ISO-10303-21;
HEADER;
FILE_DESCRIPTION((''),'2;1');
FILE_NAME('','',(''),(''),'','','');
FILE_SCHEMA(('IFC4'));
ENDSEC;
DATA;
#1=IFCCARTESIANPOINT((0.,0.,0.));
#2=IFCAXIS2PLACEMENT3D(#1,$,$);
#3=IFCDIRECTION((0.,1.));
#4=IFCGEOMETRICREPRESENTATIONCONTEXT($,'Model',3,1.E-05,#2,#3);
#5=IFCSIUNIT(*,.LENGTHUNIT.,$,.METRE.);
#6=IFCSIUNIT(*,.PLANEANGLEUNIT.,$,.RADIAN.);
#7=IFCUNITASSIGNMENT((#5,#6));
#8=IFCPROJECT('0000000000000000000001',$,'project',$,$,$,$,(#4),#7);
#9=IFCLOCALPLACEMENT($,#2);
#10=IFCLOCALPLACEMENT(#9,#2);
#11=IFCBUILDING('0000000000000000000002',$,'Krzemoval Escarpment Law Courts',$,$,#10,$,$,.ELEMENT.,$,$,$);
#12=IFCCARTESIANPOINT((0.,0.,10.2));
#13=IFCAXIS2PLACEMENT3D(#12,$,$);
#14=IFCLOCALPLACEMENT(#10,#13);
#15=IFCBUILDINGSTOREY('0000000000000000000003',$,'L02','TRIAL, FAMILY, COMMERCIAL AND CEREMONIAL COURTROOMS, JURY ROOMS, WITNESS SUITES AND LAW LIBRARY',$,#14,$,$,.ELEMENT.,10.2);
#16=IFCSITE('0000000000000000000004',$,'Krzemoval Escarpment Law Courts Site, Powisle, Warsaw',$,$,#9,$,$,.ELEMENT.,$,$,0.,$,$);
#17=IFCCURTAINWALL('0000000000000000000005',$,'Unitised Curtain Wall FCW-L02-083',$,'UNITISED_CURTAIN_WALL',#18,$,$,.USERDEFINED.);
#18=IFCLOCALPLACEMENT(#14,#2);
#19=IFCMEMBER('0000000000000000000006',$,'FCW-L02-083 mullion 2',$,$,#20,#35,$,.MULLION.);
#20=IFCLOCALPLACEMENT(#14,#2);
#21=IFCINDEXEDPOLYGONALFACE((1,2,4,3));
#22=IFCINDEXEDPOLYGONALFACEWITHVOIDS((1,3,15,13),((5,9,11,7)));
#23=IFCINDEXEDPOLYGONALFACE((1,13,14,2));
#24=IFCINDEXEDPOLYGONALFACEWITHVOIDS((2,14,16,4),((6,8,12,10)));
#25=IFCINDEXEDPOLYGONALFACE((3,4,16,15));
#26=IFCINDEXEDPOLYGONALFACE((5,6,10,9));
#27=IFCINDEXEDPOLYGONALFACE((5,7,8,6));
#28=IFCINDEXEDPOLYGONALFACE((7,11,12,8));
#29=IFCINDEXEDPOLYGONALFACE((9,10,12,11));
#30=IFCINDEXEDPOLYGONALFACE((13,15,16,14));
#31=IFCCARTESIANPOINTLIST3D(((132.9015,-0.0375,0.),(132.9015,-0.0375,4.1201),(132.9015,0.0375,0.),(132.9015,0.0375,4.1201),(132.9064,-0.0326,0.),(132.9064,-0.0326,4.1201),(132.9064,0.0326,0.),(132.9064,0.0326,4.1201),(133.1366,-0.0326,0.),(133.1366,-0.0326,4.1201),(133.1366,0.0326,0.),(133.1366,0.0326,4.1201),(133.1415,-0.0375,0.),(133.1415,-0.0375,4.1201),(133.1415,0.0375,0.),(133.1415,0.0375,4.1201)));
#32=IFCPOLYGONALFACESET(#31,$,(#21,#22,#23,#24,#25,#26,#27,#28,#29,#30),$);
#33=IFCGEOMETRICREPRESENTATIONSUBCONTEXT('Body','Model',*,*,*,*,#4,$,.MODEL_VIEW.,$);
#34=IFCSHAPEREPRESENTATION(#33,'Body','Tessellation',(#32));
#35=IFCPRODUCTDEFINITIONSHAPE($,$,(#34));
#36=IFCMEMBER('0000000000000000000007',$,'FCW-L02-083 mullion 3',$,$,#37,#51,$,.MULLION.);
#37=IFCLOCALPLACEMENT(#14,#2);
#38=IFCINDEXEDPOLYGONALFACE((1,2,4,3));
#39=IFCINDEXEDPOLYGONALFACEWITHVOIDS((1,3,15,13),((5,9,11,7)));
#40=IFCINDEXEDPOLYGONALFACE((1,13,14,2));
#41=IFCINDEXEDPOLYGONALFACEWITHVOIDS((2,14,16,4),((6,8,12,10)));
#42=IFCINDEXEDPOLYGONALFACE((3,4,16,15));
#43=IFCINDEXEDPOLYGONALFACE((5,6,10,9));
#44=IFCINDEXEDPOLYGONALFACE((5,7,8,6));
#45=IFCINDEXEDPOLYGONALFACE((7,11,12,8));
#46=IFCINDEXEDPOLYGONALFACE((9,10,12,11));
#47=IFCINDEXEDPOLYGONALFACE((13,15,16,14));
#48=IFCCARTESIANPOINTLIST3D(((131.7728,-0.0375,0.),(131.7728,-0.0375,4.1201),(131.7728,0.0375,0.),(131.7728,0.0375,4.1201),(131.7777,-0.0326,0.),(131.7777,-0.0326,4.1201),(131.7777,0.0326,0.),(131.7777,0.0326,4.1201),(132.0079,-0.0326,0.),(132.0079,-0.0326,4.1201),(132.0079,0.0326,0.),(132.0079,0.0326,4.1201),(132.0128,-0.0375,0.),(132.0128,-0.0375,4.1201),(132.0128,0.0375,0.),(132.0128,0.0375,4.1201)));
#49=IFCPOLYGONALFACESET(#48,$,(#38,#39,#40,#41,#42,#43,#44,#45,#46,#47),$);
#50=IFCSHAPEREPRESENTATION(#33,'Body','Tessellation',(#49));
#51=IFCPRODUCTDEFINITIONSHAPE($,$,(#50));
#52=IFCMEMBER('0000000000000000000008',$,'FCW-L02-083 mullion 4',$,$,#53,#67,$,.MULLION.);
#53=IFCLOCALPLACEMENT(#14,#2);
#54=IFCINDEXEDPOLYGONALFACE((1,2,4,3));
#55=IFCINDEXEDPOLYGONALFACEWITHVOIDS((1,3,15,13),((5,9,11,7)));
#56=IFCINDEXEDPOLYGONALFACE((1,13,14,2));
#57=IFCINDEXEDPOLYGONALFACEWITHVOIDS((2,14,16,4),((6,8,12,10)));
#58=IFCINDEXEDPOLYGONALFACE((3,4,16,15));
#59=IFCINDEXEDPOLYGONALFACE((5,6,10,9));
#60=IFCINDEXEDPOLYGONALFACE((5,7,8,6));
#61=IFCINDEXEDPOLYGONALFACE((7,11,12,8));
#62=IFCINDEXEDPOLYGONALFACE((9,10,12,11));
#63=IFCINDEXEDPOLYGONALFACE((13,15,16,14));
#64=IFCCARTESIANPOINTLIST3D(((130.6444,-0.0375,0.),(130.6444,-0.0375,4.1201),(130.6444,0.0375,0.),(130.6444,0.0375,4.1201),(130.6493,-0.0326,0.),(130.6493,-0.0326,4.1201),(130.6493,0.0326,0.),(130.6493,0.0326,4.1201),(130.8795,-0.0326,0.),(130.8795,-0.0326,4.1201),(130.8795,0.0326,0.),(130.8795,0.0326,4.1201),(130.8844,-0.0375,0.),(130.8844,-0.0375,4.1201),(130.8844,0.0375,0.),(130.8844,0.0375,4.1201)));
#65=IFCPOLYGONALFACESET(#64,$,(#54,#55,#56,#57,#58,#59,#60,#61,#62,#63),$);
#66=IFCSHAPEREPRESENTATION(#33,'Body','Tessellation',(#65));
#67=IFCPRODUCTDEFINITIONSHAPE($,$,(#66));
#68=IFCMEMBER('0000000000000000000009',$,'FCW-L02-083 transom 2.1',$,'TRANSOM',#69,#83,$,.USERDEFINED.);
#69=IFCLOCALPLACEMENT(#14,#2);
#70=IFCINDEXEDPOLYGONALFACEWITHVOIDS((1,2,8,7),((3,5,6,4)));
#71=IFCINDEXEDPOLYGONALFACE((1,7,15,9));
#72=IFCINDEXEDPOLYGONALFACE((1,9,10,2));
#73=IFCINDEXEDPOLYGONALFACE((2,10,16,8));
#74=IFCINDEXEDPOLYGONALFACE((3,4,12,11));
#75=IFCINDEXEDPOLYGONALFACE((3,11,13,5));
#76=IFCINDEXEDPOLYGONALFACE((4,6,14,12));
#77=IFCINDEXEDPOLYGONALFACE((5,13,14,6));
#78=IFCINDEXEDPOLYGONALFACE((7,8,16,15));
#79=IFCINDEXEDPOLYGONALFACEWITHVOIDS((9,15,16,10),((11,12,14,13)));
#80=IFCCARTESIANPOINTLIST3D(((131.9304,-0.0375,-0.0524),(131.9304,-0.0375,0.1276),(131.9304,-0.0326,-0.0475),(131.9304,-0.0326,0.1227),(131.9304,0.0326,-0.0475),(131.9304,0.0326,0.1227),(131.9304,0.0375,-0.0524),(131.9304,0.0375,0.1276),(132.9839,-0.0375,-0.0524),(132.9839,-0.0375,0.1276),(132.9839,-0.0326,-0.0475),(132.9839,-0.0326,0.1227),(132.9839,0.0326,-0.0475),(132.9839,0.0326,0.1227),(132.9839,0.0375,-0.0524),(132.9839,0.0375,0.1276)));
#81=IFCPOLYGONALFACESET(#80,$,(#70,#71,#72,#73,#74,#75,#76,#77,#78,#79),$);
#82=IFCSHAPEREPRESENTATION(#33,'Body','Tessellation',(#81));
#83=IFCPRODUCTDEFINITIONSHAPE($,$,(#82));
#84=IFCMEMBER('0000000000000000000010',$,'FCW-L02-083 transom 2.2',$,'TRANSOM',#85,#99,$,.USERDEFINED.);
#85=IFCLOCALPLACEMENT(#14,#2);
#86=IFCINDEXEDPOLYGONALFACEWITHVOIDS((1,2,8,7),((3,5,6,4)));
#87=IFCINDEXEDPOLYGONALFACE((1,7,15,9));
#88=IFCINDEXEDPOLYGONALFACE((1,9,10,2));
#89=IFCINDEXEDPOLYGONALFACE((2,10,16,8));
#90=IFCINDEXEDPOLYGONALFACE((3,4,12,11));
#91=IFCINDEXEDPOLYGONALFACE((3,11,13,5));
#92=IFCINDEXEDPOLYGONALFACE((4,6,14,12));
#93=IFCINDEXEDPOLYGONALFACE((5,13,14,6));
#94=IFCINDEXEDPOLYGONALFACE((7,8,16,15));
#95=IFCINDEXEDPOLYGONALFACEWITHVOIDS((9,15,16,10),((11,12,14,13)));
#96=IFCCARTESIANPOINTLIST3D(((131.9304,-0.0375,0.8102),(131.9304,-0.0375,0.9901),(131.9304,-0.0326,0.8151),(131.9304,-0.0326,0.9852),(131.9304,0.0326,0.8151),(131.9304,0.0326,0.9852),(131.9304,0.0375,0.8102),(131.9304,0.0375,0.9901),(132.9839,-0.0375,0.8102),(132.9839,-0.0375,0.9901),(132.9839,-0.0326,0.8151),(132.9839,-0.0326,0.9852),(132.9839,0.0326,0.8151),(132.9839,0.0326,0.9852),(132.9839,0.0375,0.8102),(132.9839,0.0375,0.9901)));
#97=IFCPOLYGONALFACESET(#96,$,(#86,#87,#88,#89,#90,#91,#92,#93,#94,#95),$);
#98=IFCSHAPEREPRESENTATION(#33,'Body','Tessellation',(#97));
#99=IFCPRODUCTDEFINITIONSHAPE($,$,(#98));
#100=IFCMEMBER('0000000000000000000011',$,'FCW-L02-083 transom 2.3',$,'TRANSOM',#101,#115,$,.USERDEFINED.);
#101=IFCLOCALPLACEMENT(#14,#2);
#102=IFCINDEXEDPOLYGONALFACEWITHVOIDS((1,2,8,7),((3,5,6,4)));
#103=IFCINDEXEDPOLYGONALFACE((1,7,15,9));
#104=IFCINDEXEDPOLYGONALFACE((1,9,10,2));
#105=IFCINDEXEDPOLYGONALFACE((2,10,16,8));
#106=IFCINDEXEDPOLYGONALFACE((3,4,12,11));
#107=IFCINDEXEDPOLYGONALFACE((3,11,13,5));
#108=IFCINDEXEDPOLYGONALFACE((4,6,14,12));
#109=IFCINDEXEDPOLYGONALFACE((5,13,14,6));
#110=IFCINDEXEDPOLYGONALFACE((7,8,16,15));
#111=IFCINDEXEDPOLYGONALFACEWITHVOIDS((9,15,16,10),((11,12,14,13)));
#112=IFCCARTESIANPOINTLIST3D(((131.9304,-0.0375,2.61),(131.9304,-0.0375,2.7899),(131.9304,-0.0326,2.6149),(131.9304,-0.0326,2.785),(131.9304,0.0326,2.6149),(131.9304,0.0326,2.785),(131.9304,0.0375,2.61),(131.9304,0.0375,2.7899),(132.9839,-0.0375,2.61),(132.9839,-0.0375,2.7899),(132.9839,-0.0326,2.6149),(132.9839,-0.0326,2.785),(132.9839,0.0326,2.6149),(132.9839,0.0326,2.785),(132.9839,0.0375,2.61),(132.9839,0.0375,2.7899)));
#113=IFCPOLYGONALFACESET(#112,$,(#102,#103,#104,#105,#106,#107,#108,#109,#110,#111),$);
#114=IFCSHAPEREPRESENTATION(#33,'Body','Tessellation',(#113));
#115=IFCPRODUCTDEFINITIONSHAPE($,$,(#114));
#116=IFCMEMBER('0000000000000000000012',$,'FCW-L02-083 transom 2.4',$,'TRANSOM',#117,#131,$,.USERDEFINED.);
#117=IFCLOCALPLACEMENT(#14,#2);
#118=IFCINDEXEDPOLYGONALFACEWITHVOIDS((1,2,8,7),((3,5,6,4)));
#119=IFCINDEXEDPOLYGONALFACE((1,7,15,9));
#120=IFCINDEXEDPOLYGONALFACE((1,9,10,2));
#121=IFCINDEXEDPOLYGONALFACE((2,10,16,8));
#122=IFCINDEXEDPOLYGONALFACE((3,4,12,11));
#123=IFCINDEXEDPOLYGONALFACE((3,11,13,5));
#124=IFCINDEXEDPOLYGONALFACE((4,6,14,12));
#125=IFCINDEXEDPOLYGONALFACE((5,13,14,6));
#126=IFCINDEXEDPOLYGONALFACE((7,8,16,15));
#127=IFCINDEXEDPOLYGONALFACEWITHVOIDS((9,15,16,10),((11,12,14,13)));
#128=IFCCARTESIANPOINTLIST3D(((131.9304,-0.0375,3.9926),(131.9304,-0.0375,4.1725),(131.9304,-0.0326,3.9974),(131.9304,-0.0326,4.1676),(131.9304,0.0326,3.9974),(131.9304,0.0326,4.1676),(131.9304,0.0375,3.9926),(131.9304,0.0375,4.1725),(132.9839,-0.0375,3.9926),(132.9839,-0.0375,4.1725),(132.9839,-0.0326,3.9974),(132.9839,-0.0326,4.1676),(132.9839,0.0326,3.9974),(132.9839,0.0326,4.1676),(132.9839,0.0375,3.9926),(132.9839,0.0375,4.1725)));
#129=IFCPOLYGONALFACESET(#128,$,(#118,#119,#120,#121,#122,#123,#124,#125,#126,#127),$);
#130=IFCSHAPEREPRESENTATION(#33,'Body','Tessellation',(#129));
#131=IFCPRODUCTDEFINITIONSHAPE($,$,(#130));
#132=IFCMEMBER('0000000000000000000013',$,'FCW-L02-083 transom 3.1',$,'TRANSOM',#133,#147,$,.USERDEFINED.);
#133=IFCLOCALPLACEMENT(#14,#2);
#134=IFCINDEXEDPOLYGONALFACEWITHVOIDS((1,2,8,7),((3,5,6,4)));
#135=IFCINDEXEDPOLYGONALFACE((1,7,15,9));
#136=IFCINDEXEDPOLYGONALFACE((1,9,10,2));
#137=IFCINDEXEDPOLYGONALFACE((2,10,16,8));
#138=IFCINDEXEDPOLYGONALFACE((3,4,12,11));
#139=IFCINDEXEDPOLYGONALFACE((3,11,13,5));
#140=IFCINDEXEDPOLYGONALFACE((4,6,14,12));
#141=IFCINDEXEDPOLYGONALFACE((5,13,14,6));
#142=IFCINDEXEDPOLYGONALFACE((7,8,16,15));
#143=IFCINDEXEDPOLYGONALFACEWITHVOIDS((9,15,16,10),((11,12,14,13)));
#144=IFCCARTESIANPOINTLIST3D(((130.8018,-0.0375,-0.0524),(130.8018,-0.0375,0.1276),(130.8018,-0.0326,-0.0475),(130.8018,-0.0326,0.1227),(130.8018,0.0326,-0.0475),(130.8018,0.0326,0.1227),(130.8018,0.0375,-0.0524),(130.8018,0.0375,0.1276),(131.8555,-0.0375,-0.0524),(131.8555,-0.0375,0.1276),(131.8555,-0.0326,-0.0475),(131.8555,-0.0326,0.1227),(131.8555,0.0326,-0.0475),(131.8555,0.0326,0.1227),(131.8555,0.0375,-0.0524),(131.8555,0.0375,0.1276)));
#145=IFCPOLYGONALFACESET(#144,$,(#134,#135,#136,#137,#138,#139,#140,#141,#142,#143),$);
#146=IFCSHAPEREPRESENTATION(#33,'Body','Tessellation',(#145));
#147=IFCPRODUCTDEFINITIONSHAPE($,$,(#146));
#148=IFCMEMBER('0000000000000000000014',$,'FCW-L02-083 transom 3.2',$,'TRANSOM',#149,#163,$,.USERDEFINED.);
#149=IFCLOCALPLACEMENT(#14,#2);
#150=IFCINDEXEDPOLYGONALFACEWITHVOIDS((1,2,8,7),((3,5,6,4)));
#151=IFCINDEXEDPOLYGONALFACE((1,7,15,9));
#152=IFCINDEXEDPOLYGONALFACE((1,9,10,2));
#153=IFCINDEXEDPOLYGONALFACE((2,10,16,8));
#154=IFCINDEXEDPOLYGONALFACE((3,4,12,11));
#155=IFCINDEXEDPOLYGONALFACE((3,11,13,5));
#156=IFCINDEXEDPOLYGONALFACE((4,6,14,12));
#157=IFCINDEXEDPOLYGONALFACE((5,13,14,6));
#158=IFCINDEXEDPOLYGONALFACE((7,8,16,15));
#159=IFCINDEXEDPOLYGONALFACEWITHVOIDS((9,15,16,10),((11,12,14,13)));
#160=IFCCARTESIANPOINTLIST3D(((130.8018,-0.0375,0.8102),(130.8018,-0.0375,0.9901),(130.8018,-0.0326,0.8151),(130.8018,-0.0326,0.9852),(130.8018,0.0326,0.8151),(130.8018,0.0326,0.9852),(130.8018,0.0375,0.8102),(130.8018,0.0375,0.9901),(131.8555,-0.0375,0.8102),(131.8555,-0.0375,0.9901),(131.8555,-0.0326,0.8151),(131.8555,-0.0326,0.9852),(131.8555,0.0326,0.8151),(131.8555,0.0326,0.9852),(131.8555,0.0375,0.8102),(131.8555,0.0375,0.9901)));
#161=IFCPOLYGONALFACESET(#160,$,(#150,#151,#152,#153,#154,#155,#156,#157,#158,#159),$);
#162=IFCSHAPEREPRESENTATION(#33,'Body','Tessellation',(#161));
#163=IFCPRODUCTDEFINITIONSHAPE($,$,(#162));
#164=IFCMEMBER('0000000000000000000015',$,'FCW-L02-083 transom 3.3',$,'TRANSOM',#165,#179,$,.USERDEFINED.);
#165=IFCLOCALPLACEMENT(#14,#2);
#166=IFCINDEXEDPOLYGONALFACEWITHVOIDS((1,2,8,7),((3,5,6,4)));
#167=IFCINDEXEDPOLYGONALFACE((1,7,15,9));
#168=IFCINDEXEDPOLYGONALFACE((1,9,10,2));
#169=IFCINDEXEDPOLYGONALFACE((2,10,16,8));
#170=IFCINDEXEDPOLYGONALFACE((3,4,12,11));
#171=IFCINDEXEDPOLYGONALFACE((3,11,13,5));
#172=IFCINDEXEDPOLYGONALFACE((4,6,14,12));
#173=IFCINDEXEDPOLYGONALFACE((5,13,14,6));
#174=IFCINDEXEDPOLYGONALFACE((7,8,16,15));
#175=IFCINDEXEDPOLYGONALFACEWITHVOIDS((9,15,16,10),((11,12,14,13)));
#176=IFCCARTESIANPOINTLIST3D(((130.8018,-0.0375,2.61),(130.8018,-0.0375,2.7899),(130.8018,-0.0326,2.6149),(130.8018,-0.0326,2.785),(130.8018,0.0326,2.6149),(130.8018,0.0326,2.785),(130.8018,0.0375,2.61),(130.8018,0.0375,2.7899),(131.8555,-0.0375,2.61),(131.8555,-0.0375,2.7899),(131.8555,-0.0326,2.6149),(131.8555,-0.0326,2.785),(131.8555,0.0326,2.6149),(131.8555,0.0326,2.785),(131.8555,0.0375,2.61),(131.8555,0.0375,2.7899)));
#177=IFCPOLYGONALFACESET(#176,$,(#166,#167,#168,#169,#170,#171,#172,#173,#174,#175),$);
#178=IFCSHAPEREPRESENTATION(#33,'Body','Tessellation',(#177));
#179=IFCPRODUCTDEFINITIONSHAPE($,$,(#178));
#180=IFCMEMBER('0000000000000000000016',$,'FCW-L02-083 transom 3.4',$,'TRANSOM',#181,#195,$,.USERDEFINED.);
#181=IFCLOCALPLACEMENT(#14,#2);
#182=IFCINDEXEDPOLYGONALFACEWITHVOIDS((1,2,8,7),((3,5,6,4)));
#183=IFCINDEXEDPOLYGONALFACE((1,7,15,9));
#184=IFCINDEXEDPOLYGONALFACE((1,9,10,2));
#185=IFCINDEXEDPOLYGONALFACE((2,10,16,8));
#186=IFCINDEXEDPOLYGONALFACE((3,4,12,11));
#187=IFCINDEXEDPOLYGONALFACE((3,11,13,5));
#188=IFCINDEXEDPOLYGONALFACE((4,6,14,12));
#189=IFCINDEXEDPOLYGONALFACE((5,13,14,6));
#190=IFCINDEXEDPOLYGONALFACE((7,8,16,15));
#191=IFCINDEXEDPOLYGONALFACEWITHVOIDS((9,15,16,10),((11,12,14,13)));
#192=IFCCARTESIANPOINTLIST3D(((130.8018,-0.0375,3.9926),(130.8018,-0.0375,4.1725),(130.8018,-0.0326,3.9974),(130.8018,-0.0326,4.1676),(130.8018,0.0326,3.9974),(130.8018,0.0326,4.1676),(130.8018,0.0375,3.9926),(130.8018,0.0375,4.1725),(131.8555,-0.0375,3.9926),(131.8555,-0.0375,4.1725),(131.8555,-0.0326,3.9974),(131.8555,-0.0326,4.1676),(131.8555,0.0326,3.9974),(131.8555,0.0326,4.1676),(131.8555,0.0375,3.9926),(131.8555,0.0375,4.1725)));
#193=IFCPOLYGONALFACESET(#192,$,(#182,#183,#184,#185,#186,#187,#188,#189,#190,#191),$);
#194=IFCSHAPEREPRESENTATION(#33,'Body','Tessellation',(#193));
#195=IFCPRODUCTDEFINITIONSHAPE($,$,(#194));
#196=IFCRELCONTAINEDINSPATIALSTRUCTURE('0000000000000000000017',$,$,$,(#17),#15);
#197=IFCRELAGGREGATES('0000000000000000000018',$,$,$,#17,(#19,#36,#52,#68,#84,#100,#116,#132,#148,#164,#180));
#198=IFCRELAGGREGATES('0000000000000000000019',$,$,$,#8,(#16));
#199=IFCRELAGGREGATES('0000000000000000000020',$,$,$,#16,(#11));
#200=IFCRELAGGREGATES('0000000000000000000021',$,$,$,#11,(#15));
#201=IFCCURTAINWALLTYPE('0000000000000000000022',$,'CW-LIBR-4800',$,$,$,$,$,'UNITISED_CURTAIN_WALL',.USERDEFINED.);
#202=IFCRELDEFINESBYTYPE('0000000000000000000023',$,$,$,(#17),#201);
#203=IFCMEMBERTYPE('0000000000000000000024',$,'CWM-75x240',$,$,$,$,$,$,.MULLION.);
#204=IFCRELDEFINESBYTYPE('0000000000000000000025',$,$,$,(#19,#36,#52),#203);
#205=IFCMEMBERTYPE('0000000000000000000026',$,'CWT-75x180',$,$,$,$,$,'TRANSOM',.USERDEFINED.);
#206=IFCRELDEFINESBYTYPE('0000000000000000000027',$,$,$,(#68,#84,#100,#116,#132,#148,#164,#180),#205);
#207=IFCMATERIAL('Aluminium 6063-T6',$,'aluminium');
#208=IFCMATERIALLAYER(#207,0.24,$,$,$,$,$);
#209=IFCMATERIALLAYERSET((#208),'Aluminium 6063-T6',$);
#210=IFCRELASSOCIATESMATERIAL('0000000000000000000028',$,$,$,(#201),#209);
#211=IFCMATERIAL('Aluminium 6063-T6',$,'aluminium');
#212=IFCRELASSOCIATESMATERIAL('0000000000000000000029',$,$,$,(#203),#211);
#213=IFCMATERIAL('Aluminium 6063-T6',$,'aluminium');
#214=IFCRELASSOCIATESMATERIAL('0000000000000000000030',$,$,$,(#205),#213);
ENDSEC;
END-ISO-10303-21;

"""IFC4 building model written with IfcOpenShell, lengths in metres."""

from ifc_helpers import new_model, si_unit, direction, frame, origin, origin_2d, place, context, subcontext, project, spatial, hollow_rectangle, extrude, material, layer, layer_set, material_profile, profile_set, type_object, element, aggregate, save


model = new_model("IFC4")

# Units and contexts
model_context = context("Model", 3, precision=1e-05, world=origin(), true_north=direction((0.0, 1.0)))
body_context = subcontext(model_context, "Body", "Model", "MODEL_VIEW")
ifc_project = project(units=[si_unit("LENGTHUNIT", "METRE"), si_unit("PLANEANGLEUNIT", "RADIAN")], contexts=[model_context])

# Site, building, storey
site_placement = place(None, origin())
site = spatial("IfcSite", under=ifc_project, at=site_placement, Name="Krzemoval Escarpment Law Courts Site, Powisle, Warsaw", CompositionType="ELEMENT", RefElevation=0.0)
building_placement = place(site_placement, origin())
building = spatial("IfcBuilding", under=site, at=building_placement, Name="Krzemoval Escarpment Law Courts", CompositionType="ELEMENT")
storey_placement = place(building_placement, frame((0.0, 0.0, 10.2)))
storey = spatial("IfcBuildingStorey", under=building, at=storey_placement, Name="L02", Description="TRIAL, FAMILY, COMMERCIAL AND CEREMONIAL COURTROOMS, JURY ROOMS, WITNESS SUITES AND LAW LIBRARY", CompositionType="ELEMENT", Elevation=10.2)

# Curtain wall, members
ifc_material_1 = material(Name="Aluminium 6063-T6", Category="aluminium")
ifc_layer_1 = layer(ifc_material_1, 0.24)
ifc_layer_set_1 = layer_set([ifc_layer_1], Name="Aluminium 6063-T6")
curtain_wall_type = type_object("IfcCurtainWallType", Name="CW-LIBR-4800", ElementType="UNITISED_CURTAIN_WALL", PredefinedType="USERDEFINED", material=ifc_layer_set_1)
curtain_wall_placement = place(storey_placement, origin())
curtain_wall = element("IfcCurtainWall", 1, at=curtain_wall_placement, inside=storey, type_object=curtain_wall_type, Name="Unitised Curtain Wall FCW-L02-083", ObjectType="UNITISED_CURTAIN_WALL", PredefinedType="USERDEFINED")
ifc_material_2 = material(Name="Aluminium 6063-T6", Category="aluminium")
ifc_material_profile_1 = material_profile(ifc_material_2, hollow_rectangle(XDim=0.075, YDim=0.24, WallThickness=0.0049, at=origin_2d()), Name="ALU M75x240")
ifc_profile_set_1 = profile_set([ifc_material_profile_1], Name="Aluminium 6063-T6")
member_type_1 = type_object("IfcMemberType", Name="CWM-75x240", PredefinedType="MULLION", material=ifc_profile_set_1)
member_1_placement = place(storey_placement, frame((133.0215, 0.0, 0.0), z_axis=(0.0, 0.0, 1.0), x_axis=(0.0, -1.0, 0.0)))
member_1 = element("IfcMember", 2, at=member_1_placement, type_object=member_type_1, Name="FCW-L02-083 mullion 2", PredefinedType="MULLION", context=body_context, shape_type="SweptSolid", body=[
    extrude(hollow_rectangle(XDim=0.075, YDim=0.24, WallThickness=0.0049, at=origin_2d()), origin(), (0.0, 0.0, 1.0), 4.1201),
])
member_2_placement = place(storey_placement, frame((131.8928, 0.0, 0.0), z_axis=(0.0, 0.0, 1.0), x_axis=(0.0, -1.0, 0.0)))
member_2 = element("IfcMember", 3, at=member_2_placement, type_object=member_type_1, Name="FCW-L02-083 mullion 3", PredefinedType="MULLION", context=body_context, shape_type="SweptSolid", body=[
    extrude(hollow_rectangle(XDim=0.075, YDim=0.24, WallThickness=0.0049, at=origin_2d()), origin(), (0.0, 0.0, 1.0), 4.1201),
])
member_3_placement = place(storey_placement, frame((130.7644, 0.0, 0.0), z_axis=(0.0, 0.0, 1.0), x_axis=(0.0, -1.0, 0.0)))
member_3 = element("IfcMember", 4, at=member_3_placement, type_object=member_type_1, Name="FCW-L02-083 mullion 4", PredefinedType="MULLION", context=body_context, shape_type="SweptSolid", body=[
    extrude(hollow_rectangle(XDim=0.075, YDim=0.24, WallThickness=0.0049, at=origin_2d()), origin(), (0.0, 0.0, 1.0), 4.1201),
])
ifc_material_3 = material(Name="Aluminium 6063-T6", Category="aluminium")
ifc_material_profile_2 = material_profile(ifc_material_3, hollow_rectangle(XDim=0.075, YDim=0.1799, WallThickness=0.0049, at=origin_2d()), Name="ALU T75x180")
ifc_profile_set_2 = profile_set([ifc_material_profile_2], Name="Aluminium 6063-T6")
member_type_2 = type_object("IfcMemberType", Name="CWT-75x180", ElementType="TRANSOM", PredefinedType="USERDEFINED", material=ifc_profile_set_2)
member_4_placement = place(storey_placement, frame((132.9839, 0.0, 0.0376), z_axis=(-1.0, 0.0, 0.0), x_axis=(0.0, -1.0, 0.0)))
member_4 = element("IfcMember", 5, at=member_4_placement, type_object=member_type_2, Name="FCW-L02-083 transom 2.1", ObjectType="TRANSOM", PredefinedType="USERDEFINED", context=body_context, shape_type="SweptSolid", body=[
    extrude(hollow_rectangle(XDim=0.075, YDim=0.1799, WallThickness=0.0049, at=origin_2d()), origin(), (0.0, 0.0, 1.0), 1.0535),
])
member_5_placement = place(storey_placement, frame((132.9839, 0.0, 0.9001), z_axis=(-1.0, 0.0, 0.0), x_axis=(0.0, -1.0, 0.0)))
member_5 = element("IfcMember", 6, at=member_5_placement, type_object=member_type_2, Name="FCW-L02-083 transom 2.2", ObjectType="TRANSOM", PredefinedType="USERDEFINED", context=body_context, shape_type="SweptSolid", body=[
    extrude(hollow_rectangle(XDim=0.075, YDim=0.1799, WallThickness=0.0049, at=origin_2d()), origin(), (0.0, 0.0, 1.0), 1.0535),
])
member_6_placement = place(storey_placement, frame((132.9839, 0.0, 2.7), z_axis=(-1.0, 0.0, 0.0), x_axis=(0.0, -1.0, 0.0)))
member_6 = element("IfcMember", 7, at=member_6_placement, type_object=member_type_2, Name="FCW-L02-083 transom 2.3", ObjectType="TRANSOM", PredefinedType="USERDEFINED", context=body_context, shape_type="SweptSolid", body=[
    extrude(hollow_rectangle(XDim=0.075, YDim=0.1799, WallThickness=0.0049, at=origin_2d()), origin(), (0.0, 0.0, 1.0), 1.0535),
])
member_7_placement = place(storey_placement, frame((132.9839, 0.0, 4.0825), z_axis=(-1.0, 0.0, 0.0), x_axis=(0.0, -1.0, 0.0)))
member_7 = element("IfcMember", 8, at=member_7_placement, type_object=member_type_2, Name="FCW-L02-083 transom 2.4", ObjectType="TRANSOM", PredefinedType="USERDEFINED", context=body_context, shape_type="SweptSolid", body=[
    extrude(hollow_rectangle(XDim=0.075, YDim=0.1799, WallThickness=0.0049, at=origin_2d()), origin(), (0.0, 0.0, 1.0), 1.0535),
])
member_8_placement = place(storey_placement, frame((131.8555, 0.0, 0.0376), z_axis=(-1.0, 0.0, 0.0), x_axis=(0.0, -1.0, 0.0)))
member_8 = element("IfcMember", 9, at=member_8_placement, type_object=member_type_2, Name="FCW-L02-083 transom 3.1", ObjectType="TRANSOM", PredefinedType="USERDEFINED", context=body_context, shape_type="SweptSolid", body=[
    extrude(hollow_rectangle(XDim=0.075, YDim=0.1799, WallThickness=0.0049, at=origin_2d()), origin(), (0.0, 0.0, 1.0), 1.0537),
])
member_9_placement = place(storey_placement, frame((131.8555, 0.0, 0.9001), z_axis=(-1.0, 0.0, 0.0), x_axis=(0.0, -1.0, 0.0)))
member_9 = element("IfcMember", 10, at=member_9_placement, type_object=member_type_2, Name="FCW-L02-083 transom 3.2", ObjectType="TRANSOM", PredefinedType="USERDEFINED", context=body_context, shape_type="SweptSolid", body=[
    extrude(hollow_rectangle(XDim=0.075, YDim=0.1799, WallThickness=0.0049, at=origin_2d()), origin(), (0.0, 0.0, 1.0), 1.0537),
])
member_10_placement = place(storey_placement, frame((131.8555, 0.0, 2.7), z_axis=(-1.0, 0.0, 0.0), x_axis=(0.0, -1.0, 0.0)))
member_10 = element("IfcMember", 11, at=member_10_placement, type_object=member_type_2, Name="FCW-L02-083 transom 3.3", ObjectType="TRANSOM", PredefinedType="USERDEFINED", context=body_context, shape_type="SweptSolid", body=[
    extrude(hollow_rectangle(XDim=0.075, YDim=0.1799, WallThickness=0.0049, at=origin_2d()), origin(), (0.0, 0.0, 1.0), 1.0537),
])
member_11_placement = place(storey_placement, frame((131.8555, 0.0, 4.0825), z_axis=(-1.0, 0.0, 0.0), x_axis=(0.0, -1.0, 0.0)))
member_11 = element("IfcMember", 12, at=member_11_placement, type_object=member_type_2, Name="FCW-L02-083 transom 3.4", ObjectType="TRANSOM", PredefinedType="USERDEFINED", context=body_context, shape_type="SweptSolid", body=[
    extrude(hollow_rectangle(XDim=0.075, YDim=0.1799, WallThickness=0.0049, at=origin_2d()), origin(), (0.0, 0.0, 1.0), 1.0537),
])
aggregate(curtain_wall, [member_1, member_2, member_3, member_4, member_5, member_6, member_7, member_8, member_9, member_10, member_11])

save(model, "model.ifc")
